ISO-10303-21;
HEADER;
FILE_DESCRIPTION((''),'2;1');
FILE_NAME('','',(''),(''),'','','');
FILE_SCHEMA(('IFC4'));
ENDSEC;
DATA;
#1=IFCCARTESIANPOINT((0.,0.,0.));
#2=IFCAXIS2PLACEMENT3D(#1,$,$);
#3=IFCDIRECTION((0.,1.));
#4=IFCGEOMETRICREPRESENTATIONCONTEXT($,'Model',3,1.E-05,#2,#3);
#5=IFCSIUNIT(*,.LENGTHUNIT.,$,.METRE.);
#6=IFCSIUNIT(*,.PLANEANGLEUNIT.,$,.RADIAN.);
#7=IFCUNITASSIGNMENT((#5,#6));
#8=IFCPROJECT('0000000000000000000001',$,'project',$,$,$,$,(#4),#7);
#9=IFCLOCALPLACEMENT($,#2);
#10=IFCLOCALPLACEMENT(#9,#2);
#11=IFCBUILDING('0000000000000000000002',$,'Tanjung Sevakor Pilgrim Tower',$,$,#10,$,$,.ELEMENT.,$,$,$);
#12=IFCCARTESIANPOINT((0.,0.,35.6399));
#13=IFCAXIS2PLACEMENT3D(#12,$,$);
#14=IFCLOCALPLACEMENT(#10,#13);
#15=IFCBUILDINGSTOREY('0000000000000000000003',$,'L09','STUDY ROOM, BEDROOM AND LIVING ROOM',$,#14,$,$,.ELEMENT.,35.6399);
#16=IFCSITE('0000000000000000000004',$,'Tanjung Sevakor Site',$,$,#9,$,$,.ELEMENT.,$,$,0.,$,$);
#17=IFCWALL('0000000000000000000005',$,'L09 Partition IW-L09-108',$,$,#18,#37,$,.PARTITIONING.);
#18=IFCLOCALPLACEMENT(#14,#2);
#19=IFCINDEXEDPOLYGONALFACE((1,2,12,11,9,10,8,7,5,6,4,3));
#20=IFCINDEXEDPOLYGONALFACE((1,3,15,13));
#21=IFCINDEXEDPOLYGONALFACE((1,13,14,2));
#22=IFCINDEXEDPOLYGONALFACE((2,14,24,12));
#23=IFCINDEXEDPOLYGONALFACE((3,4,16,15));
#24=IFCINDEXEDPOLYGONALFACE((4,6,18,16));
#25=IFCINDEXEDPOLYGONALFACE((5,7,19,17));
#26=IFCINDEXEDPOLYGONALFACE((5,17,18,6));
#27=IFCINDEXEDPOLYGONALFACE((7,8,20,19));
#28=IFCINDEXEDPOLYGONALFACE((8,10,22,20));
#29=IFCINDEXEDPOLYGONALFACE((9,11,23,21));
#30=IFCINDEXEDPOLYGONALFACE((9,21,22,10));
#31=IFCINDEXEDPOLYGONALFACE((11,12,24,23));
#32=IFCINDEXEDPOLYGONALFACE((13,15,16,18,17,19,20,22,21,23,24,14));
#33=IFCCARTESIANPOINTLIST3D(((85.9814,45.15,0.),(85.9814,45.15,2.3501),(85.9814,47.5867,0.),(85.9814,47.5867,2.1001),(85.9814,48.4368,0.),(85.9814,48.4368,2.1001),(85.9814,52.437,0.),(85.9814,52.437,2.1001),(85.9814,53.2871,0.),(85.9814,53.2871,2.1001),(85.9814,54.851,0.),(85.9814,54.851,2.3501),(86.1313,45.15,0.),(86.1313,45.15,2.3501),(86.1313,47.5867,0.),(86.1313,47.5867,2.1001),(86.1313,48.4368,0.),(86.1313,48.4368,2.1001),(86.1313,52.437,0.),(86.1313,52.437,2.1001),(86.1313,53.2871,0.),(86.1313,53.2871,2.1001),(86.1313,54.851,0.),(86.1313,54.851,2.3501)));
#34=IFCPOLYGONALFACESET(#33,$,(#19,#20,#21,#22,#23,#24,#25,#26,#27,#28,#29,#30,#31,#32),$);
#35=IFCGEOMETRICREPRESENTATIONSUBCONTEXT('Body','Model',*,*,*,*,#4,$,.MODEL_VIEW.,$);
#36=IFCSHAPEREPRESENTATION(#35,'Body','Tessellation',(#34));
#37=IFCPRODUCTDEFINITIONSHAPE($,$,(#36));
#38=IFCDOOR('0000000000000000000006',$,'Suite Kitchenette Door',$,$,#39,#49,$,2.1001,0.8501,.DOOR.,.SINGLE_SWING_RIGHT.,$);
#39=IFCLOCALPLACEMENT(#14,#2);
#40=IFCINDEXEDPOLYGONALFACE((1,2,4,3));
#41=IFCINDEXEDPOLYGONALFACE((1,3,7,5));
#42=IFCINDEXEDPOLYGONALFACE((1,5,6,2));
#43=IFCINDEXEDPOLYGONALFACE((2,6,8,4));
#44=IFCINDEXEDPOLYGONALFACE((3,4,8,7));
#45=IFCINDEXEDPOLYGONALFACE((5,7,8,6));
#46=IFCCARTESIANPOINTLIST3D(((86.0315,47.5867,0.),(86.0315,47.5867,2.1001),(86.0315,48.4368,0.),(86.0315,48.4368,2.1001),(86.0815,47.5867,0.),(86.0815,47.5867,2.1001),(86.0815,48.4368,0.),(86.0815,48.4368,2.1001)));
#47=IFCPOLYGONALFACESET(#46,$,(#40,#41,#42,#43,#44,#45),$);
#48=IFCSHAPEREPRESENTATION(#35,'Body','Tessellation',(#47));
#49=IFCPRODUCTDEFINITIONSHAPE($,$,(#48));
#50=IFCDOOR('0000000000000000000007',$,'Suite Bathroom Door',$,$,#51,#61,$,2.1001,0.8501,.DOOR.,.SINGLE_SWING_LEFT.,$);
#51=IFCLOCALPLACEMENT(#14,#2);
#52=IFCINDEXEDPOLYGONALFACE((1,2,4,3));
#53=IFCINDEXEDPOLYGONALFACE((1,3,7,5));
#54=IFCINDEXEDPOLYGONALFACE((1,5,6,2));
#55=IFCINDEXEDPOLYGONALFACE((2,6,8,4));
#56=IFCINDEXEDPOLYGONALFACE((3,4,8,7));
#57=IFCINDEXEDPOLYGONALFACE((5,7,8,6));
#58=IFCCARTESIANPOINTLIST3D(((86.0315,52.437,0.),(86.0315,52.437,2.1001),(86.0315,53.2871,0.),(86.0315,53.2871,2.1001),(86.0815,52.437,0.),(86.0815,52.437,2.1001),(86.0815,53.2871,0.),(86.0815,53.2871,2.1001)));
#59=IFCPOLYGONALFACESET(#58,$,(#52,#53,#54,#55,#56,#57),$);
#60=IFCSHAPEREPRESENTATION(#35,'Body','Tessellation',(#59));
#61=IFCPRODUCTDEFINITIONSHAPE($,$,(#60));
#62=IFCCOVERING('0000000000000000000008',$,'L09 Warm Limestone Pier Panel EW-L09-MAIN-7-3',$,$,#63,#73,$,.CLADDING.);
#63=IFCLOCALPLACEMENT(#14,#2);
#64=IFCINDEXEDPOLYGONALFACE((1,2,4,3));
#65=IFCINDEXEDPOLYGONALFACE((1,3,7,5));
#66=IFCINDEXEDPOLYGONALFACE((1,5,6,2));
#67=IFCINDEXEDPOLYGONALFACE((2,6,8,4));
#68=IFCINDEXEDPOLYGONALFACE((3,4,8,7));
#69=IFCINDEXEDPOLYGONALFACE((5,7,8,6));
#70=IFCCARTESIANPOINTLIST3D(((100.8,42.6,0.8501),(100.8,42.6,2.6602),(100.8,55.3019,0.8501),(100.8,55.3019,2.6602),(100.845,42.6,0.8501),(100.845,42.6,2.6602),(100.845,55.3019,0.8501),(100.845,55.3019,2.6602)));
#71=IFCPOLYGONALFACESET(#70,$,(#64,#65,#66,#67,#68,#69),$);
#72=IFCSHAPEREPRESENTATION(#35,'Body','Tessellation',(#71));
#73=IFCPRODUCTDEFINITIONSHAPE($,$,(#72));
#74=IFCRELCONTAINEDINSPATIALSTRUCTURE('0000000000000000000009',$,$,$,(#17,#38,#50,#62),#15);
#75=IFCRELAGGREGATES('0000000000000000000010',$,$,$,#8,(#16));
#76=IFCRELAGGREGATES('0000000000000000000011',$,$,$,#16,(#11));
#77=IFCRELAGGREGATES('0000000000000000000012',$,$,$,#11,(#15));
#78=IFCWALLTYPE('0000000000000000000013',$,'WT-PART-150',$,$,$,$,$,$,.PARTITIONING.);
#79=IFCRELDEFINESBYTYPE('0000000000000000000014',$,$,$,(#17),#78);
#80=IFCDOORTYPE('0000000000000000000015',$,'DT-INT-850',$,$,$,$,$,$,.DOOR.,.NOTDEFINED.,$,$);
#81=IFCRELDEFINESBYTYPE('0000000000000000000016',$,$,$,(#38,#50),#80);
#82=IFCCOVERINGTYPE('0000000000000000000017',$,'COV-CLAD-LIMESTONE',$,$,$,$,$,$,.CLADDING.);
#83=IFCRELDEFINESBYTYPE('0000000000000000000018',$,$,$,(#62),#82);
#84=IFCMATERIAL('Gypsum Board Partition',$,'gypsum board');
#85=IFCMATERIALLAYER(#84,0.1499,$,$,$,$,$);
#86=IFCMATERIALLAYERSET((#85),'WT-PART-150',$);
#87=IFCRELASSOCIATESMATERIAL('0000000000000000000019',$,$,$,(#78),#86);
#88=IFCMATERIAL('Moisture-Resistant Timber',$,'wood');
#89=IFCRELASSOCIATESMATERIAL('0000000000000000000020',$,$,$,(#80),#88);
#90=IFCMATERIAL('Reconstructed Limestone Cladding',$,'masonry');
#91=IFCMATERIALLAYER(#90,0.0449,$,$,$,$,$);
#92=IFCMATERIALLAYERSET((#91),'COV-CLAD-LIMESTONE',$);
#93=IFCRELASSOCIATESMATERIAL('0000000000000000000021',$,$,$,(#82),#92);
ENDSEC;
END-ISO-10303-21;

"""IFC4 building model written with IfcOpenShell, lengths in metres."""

from ifc_helpers import new_model, si_unit, direction, frame, frame_2d, origin, origin_2d, place, context, subcontext, project, spatial, rectangle, extrude, material, layer, layer_set, type_object, element, fill, save


model = new_model("IFC4")

# Units and contexts
model_context = context("Model", 3, precision=1e-05, world=origin(), true_north=direction((0.0, 1.0)))
body_context = subcontext(model_context, "Body", "Model", "MODEL_VIEW")
ifc_project = project(units=[si_unit("LENGTHUNIT", "METRE"), si_unit("PLANEANGLEUNIT", "RADIAN")], contexts=[model_context])

# Site, building, storey
site_placement = place(None, origin())
site = spatial("IfcSite", under=ifc_project, at=site_placement, Name="Tanjung Sevakor Site", CompositionType="ELEMENT", RefElevation=0.0)
building_placement = place(site_placement, origin())
building = spatial("IfcBuilding", under=site, at=building_placement, Name="Tanjung Sevakor Pilgrim Tower", CompositionType="ELEMENT")
storey_placement = place(building_placement, frame((0.0, 0.0, 35.6399)))
storey = spatial("IfcBuildingStorey", under=building, at=storey_placement, Name="L09", Description="STUDY ROOM, BEDROOM AND LIVING ROOM", CompositionType="ELEMENT", Elevation=35.6399)

# Shared definitions
ifc_material_1 = material(Name="Gypsum Board Partition", Category="gypsum board")
ifc_layer_1 = layer(ifc_material_1, 0.1499)
ifc_layer_set_1 = layer_set([ifc_layer_1], Name="WT-PART-150")
wall_type_1 = type_object("IfcWallType", Name="WT-PART-150", PredefinedType="PARTITIONING", material=ifc_layer_set_1)
ifc_material_2 = material(Name="Moisture-Resistant Timber", Category="wood")
door_type_1 = type_object("IfcDoorType", Name="DT-INT-850", OperationType="NOTDEFINED", PredefinedType="DOOR", material=ifc_material_2)

# Wall, openings, doors
wall_1_placement = place(storey_placement, frame((86.0564, 45.1499, 0.0), z_axis=(0.0, 0.0, 1.0), x_axis=(0.0, 1.0, 0.0)))
wall_1 = element("IfcWall", 1, at=wall_1_placement, inside=storey, type_object=wall_type_1, Name="L09 Partition IW-L09-108", PredefinedType="PARTITIONING", context=body_context, shape_type="SweptSolid", body=[
    extrude(rectangle(XDim=9.7009, YDim=0.1499, at=frame_2d((4.8506, 0.0))), origin(), (0.0, 0.0, 1.0), 2.3501),
])
opening_1_placement = place(wall_1_placement, frame((2.4368, 0.0, 0.0)))
opening_1 = element("IfcOpeningElement", 2, at=opening_1_placement, cuts=wall_1, PredefinedType="OPENING", context=body_context, shape_type="SweptSolid", body=[
    extrude(rectangle(XDim=0.8501, YDim=2.1001, at=frame_2d((0.425, 1.05))), frame((0.0, 0.085, 0.0), z_axis=(0.0, -1.0, 0.0), x_axis=(1.0, 0.0, 0.0)), (0.0, 0.0, 1.0), 0.1699),
])
opening_2_placement = place(wall_1_placement, frame((7.2871, 0.0, 0.0)))
opening_2 = element("IfcOpeningElement", 3, at=opening_2_placement, cuts=wall_1, PredefinedType="OPENING", context=body_context, shape_type="SweptSolid", body=[
    extrude(rectangle(XDim=0.8501, YDim=2.1001, at=frame_2d((0.425, 1.05))), frame((0.0, 0.085, 0.0), z_axis=(0.0, -1.0, 0.0), x_axis=(1.0, 0.0, 0.0)), (0.0, 0.0, 1.0), 0.1699),
])
door_1_placement = place(opening_1_placement, origin())
door_1 = element("IfcDoor", 4, at=door_1_placement, inside=storey, type_object=door_type_1, Name="Suite Kitchenette Door", OperationType="SINGLE_SWING_RIGHT", OverallHeight=2.1001, OverallWidth=0.8501, PredefinedType="DOOR", context=body_context, shape_type="SweptSolid", body=[
    extrude(rectangle(XDim=0.8501, YDim=2.1001, at=frame_2d((0.425, 1.05))), frame((0.0, 0.0249, 0.0), z_axis=(0.0, -1.0, 0.0), x_axis=(1.0, 0.0, 0.0)), (0.0, 0.0, 1.0), 0.05),
])
fill(opening_1, door_1)
door_2_placement = place(opening_2_placement, origin())
door_2 = element("IfcDoor", 5, at=door_2_placement, inside=storey, type_object=door_type_1, Name="Suite Bathroom Door", OperationType="SINGLE_SWING_LEFT", OverallHeight=2.1001, OverallWidth=0.8501, PredefinedType="DOOR", context=body_context, shape_type="SweptSolid", body=[
    extrude(rectangle(XDim=0.8501, YDim=2.1001, at=frame_2d((0.425, 1.05))), frame((0.0, 0.0249, 0.0), z_axis=(0.0, -1.0, 0.0), x_axis=(1.0, 0.0, 0.0)), (0.0, 0.0, 1.0), 0.05),
])
fill(opening_2, door_2)

# Covering
ifc_material_3 = material(Name="Reconstructed Limestone Cladding", Category="masonry")
ifc_layer_2 = layer(ifc_material_3, 0.0449)
ifc_layer_set_2 = layer_set([ifc_layer_2], Name="COV-CLAD-LIMESTONE")
covering_type = type_object("IfcCoveringType", Name="COV-CLAD-LIMESTONE", PredefinedType="CLADDING", material=ifc_layer_set_2)
covering_placement = place(storey_placement, frame((100.8225, 48.9509, 0.8501), z_axis=(0.0, 0.0, 1.0), x_axis=(0.0, 1.0, 0.0)))
element("IfcCovering", 6, at=covering_placement, inside=storey, type_object=covering_type, Name="L09 Warm Limestone Pier Panel EW-L09-MAIN-7-3", PredefinedType="CLADDING", context=body_context, shape_type="SweptSolid", body=[
    extrude(rectangle(XDim=12.7019, YDim=0.0449, at=origin_2d()), origin(), (0.0, 0.0, 1.0), 1.8101),
])

save(model, "model.ifc")
